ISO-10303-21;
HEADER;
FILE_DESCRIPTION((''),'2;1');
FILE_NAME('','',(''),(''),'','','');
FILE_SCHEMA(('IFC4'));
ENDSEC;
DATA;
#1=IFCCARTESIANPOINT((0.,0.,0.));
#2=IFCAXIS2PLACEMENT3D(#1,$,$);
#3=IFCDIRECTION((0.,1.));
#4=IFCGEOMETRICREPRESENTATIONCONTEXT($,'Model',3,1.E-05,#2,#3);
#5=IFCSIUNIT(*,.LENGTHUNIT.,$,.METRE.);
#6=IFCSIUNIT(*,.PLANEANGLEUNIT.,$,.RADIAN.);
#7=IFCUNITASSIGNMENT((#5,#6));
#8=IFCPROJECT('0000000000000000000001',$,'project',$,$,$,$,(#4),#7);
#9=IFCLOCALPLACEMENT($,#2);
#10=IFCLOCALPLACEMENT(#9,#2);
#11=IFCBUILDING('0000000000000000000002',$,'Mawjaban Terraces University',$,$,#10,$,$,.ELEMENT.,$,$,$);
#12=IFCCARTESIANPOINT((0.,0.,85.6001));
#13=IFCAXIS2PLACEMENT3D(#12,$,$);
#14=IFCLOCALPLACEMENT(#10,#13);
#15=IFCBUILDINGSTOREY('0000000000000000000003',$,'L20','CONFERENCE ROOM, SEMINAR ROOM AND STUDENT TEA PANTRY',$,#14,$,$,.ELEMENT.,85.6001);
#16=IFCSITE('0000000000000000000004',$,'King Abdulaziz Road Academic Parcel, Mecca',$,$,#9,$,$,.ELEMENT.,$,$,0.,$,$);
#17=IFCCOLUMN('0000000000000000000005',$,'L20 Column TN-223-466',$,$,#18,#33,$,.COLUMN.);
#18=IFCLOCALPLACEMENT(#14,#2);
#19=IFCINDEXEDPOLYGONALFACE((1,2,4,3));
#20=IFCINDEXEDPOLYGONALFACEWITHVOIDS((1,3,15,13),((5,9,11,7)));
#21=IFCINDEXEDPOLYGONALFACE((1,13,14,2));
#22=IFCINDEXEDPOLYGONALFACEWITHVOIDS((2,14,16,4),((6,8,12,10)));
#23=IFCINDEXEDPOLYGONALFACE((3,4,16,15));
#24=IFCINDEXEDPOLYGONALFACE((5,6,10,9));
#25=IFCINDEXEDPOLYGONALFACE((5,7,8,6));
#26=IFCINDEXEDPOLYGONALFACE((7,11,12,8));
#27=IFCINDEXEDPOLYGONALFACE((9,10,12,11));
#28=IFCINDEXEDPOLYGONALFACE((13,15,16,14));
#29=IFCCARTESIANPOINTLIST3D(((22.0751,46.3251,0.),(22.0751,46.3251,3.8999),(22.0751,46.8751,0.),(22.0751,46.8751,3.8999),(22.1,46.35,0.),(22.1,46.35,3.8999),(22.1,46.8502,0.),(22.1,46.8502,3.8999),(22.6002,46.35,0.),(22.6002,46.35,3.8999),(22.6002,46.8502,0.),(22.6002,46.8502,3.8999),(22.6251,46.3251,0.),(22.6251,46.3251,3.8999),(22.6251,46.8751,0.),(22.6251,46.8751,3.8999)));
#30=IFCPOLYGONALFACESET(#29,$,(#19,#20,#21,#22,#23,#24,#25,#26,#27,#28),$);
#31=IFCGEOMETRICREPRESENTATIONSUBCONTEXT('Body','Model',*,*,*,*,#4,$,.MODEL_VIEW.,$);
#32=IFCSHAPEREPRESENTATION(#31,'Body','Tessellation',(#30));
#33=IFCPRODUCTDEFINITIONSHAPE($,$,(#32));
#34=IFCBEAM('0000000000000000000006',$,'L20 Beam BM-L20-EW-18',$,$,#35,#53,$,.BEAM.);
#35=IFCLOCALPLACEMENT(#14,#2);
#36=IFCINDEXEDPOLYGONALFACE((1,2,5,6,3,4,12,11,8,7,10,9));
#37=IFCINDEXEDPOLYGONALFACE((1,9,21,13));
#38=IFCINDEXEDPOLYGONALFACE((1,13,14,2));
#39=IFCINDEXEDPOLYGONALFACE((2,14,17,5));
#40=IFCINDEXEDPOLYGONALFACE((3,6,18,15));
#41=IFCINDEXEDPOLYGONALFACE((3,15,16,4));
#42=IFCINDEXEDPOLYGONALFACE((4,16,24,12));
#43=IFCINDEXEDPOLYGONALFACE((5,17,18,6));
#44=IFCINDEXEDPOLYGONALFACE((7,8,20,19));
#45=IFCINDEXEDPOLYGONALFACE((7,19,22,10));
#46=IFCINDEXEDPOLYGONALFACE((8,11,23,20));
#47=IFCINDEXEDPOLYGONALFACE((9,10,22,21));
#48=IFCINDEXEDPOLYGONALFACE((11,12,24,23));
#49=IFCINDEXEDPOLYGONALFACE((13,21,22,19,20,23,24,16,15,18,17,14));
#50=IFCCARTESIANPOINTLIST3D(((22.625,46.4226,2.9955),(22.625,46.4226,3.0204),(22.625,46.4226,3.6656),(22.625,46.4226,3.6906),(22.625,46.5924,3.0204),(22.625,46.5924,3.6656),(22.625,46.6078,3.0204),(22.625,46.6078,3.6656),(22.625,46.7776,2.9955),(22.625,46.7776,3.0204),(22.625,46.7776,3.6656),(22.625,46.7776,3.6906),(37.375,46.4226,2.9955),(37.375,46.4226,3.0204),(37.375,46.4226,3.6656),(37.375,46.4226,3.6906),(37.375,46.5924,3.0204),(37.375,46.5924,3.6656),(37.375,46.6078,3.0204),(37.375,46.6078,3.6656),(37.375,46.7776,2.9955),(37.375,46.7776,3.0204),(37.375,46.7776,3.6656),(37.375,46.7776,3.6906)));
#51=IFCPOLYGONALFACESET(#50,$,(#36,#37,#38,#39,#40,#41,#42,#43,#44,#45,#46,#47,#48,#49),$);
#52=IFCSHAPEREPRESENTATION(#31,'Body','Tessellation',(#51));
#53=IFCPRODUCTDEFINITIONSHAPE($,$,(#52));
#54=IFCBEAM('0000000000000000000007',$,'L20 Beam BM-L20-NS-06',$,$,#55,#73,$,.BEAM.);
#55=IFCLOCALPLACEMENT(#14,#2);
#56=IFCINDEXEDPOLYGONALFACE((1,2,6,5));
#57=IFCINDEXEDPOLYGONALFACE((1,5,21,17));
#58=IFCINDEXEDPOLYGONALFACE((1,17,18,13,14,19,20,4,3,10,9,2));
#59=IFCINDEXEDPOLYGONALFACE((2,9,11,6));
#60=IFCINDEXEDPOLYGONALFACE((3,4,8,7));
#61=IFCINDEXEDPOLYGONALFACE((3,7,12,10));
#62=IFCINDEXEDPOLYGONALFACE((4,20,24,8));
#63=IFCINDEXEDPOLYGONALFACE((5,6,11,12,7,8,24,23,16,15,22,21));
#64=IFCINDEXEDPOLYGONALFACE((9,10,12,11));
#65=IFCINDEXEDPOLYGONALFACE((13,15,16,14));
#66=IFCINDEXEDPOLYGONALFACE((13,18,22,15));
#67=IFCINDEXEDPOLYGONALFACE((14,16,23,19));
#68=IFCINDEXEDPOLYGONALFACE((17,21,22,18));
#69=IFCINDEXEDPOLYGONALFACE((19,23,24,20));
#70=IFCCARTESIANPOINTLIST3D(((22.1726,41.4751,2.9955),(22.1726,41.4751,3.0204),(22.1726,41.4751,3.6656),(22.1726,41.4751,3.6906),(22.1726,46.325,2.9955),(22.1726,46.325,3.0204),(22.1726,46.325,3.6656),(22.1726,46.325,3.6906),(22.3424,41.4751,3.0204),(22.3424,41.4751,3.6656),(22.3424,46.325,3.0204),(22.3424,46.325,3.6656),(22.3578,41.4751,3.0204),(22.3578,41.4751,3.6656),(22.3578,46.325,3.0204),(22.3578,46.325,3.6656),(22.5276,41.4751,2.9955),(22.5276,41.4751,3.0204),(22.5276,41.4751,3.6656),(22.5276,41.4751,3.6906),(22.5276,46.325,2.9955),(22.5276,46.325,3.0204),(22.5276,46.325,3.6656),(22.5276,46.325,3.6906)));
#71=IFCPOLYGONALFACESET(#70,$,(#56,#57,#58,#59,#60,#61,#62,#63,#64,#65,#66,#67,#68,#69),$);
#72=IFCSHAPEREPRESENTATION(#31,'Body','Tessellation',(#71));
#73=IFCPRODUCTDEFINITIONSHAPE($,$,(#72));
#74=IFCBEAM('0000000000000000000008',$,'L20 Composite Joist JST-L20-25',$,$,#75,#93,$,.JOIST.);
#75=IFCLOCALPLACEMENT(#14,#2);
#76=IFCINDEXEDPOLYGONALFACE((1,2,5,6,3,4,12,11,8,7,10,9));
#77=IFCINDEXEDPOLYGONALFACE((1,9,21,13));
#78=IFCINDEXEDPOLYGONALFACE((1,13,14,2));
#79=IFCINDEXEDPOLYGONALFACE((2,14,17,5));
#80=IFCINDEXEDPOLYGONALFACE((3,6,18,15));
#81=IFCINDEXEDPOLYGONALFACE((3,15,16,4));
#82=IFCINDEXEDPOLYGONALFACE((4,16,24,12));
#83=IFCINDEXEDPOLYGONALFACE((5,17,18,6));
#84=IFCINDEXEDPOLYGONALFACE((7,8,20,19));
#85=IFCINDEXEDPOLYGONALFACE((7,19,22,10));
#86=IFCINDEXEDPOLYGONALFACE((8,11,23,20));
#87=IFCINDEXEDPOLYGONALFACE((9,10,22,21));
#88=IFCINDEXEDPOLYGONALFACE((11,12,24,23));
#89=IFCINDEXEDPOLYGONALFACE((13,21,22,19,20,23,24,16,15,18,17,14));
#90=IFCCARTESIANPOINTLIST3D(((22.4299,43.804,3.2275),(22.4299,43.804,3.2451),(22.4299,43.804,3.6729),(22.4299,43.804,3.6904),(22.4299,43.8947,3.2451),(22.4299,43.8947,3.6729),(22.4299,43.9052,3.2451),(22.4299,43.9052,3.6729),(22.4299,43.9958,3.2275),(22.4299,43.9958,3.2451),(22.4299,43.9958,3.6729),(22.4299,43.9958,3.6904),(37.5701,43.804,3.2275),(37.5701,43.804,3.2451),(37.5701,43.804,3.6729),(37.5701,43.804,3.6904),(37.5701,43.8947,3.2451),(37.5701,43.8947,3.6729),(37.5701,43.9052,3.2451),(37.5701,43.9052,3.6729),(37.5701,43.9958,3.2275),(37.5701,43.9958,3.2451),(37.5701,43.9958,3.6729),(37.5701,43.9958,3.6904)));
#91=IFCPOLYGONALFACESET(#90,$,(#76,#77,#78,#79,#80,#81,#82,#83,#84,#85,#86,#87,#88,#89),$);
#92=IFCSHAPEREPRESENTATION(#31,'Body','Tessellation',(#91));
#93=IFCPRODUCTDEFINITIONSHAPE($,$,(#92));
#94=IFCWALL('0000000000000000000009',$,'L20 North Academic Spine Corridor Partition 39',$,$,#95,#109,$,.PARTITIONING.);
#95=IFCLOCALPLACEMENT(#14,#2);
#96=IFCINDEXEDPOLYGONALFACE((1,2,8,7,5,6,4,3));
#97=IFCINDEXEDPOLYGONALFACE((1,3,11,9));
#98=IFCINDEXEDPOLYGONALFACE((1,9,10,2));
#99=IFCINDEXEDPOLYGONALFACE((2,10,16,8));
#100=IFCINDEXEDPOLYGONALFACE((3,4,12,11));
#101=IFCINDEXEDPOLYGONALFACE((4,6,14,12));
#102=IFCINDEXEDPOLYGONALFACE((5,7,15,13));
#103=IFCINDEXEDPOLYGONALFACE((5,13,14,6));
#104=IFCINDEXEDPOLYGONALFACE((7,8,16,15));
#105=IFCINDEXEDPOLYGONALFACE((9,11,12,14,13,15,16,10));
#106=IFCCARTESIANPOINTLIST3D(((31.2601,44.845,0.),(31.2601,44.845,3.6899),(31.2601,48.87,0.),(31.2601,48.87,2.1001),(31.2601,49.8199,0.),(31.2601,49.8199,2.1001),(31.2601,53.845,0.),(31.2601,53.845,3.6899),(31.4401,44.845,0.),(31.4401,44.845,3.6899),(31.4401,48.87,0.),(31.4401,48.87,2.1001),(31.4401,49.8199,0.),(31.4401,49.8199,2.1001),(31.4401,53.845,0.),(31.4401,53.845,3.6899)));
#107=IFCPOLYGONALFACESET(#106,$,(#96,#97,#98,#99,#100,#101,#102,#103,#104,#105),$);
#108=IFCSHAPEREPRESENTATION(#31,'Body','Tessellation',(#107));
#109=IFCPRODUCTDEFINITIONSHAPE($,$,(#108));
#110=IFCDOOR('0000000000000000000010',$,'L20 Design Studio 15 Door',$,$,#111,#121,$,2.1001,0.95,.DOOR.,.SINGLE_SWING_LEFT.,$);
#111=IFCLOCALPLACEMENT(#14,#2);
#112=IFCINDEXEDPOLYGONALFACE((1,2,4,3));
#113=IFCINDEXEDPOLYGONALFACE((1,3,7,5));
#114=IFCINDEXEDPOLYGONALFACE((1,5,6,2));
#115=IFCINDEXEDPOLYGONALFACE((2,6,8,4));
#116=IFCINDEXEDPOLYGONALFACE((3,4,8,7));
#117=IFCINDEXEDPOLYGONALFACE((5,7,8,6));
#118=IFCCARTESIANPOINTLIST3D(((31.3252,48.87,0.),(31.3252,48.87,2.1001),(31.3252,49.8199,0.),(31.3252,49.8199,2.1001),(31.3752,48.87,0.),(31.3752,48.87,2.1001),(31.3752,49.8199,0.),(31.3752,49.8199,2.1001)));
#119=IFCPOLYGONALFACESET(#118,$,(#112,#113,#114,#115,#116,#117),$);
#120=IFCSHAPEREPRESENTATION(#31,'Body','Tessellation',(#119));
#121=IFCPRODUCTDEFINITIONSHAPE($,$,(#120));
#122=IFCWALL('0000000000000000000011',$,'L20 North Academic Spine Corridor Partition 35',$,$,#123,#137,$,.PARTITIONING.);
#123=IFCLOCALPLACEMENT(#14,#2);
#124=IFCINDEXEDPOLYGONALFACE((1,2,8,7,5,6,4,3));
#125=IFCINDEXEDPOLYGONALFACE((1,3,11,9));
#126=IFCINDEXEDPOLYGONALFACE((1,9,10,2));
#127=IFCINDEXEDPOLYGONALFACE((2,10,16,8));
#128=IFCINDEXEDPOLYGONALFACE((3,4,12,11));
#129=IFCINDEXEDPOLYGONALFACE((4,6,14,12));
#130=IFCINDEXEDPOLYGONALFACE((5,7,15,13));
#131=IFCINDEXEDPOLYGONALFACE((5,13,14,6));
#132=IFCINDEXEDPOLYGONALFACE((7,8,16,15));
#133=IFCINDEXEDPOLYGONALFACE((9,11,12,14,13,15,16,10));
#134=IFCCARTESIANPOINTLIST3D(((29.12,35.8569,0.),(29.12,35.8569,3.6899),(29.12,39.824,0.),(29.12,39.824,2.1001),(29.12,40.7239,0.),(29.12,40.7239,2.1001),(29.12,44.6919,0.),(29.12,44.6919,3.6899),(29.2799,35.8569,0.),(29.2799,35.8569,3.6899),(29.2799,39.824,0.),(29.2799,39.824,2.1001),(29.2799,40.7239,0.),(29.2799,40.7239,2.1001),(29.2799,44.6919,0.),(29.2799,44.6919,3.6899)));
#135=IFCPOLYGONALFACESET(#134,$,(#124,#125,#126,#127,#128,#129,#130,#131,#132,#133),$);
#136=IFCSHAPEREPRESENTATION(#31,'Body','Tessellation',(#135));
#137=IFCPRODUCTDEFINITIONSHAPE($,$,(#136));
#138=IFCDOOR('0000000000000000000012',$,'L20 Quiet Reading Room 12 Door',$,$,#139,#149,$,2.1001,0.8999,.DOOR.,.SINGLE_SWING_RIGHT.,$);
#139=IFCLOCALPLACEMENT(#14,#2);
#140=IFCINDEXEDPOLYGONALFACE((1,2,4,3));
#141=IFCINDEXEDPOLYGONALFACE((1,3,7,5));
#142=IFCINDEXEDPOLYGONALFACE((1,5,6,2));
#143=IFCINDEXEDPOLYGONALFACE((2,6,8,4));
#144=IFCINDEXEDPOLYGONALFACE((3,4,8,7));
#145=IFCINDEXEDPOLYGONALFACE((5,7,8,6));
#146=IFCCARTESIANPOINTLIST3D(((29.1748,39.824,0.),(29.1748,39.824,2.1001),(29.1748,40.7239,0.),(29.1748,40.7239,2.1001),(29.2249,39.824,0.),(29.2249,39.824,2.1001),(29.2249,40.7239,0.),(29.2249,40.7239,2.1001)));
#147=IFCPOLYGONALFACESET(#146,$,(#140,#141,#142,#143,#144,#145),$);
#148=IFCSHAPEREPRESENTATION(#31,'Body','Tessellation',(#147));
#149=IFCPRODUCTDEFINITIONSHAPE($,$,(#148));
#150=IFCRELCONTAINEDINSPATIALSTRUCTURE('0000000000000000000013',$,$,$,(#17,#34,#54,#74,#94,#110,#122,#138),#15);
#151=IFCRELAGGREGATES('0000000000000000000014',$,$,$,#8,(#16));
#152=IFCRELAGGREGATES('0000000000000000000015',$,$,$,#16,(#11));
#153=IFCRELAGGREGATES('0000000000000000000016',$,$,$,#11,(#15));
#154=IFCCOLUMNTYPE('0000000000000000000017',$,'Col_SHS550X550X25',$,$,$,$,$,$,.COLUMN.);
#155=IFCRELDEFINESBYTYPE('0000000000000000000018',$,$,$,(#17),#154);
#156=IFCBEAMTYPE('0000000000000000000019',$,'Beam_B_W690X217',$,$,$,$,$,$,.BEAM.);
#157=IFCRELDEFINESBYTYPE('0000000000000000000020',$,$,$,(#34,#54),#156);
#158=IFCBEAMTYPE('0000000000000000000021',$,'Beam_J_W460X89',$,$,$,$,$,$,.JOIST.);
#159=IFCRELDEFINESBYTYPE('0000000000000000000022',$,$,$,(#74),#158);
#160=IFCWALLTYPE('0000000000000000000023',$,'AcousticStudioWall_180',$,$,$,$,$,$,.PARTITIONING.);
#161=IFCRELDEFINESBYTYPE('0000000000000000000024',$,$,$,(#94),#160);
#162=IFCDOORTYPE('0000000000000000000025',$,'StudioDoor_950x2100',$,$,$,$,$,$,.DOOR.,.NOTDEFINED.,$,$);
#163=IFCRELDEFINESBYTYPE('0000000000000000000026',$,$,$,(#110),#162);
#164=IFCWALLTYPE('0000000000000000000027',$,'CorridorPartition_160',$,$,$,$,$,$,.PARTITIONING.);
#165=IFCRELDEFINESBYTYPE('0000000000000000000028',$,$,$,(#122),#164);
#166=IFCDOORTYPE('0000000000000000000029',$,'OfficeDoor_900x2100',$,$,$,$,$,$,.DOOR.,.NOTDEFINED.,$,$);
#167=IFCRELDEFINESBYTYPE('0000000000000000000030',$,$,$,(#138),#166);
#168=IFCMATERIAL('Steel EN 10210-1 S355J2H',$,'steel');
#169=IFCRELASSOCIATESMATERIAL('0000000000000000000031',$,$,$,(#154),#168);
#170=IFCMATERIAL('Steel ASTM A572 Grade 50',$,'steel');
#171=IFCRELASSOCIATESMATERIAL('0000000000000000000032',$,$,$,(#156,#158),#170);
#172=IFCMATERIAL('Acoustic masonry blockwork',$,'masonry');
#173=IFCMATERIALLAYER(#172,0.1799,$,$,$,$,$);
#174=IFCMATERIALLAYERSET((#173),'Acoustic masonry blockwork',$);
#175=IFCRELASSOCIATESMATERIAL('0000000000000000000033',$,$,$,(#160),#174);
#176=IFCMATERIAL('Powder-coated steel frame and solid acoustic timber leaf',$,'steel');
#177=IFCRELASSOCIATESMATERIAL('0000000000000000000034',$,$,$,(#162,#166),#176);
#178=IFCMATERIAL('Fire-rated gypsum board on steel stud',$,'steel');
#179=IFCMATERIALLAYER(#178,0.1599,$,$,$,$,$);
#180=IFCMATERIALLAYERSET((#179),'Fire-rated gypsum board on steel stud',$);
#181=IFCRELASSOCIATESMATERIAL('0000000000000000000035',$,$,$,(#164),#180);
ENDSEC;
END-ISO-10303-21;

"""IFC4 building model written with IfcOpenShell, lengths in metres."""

from ifc_helpers import new_model, si_unit, direction, frame, frame_2d, origin, origin_2d, place, context, subcontext, project, spatial, rectangle, hollow_rectangle, i_section, extrude, material, layer, layer_set, material_profile, profile_set, type_object, element, fill, save


model = new_model("IFC4")

# Units and contexts
model_context = context("Model", 3, precision=1e-05, world=origin(), true_north=direction((0.0, 1.0)))
body_context = subcontext(model_context, "Body", "Model", "MODEL_VIEW")
ifc_project = project(units=[si_unit("LENGTHUNIT", "METRE"), si_unit("PLANEANGLEUNIT", "RADIAN")], contexts=[model_context])

# Site, building, storey
site_placement = place(None, origin())
site = spatial("IfcSite", under=ifc_project, at=site_placement, Name="King Abdulaziz Road Academic Parcel, Mecca", CompositionType="ELEMENT", RefElevation=0.0)
building_placement = place(site_placement, origin())
building = spatial("IfcBuilding", under=site, at=building_placement, Name="Mawjaban Terraces University", CompositionType="ELEMENT")
storey_placement = place(building_placement, frame((0.0, 0.0, 85.6001)))
storey = spatial("IfcBuildingStorey", under=building, at=storey_placement, Name="L20", Description="CONFERENCE ROOM, SEMINAR ROOM AND STUDENT TEA PANTRY", CompositionType="ELEMENT", Elevation=85.6001)

# Column
ifc_material_1 = material(Name="Steel EN 10210-1 S355J2H", Category="steel")
ifc_material_profile_1 = material_profile(ifc_material_1, hollow_rectangle(XDim=0.55, YDim=0.55, WallThickness=0.0249, at=origin_2d()), Name="SHS550X550X25")
ifc_profile_set_1 = profile_set([ifc_material_profile_1], Name="Steel EN 10210-1 S355J2H")
column_type = type_object("IfcColumnType", Name="Col_SHS550X550X25", PredefinedType="COLUMN", material=ifc_profile_set_1)
column_placement = place(storey_placement, frame((22.3501, 46.6001, 0.0), z_axis=(0.0, 0.0, 1.0), x_axis=(1.0, 0.0, 0.0)))
element("IfcColumn", 1, at=column_placement, inside=storey, type_object=column_type, Name="L20 Column TN-223-466", PredefinedType="COLUMN", context=body_context, shape_type="SweptSolid", body=[
    extrude(hollow_rectangle(XDim=0.55, YDim=0.55, WallThickness=0.0249, at=origin_2d()), origin(), (0.0, 0.0, 1.0), 3.8999),
])

# Beams
ifc_material_2 = material(Name="Steel ASTM A572 Grade 50", Category="steel")
ifc_material_profile_2 = material_profile(ifc_material_2, i_section(OverallWidth=0.355, OverallDepth=0.6951, WebThickness=0.0154, FlangeThickness=0.0249, at=origin_2d()), Name="W690X217")
ifc_profile_set_2 = profile_set([ifc_material_profile_2], Name="Steel ASTM A572 Grade 50")
beam_type_1 = type_object("IfcBeamType", Name="Beam_B_W690X217", PredefinedType="BEAM", material=ifc_profile_set_2)
beam_1_placement = place(storey_placement, frame((22.625, 46.6001, 3.343), z_axis=(1.0, 0.0, 0.0), x_axis=(0.0, 1.0, 0.0)))
element("IfcBeam", 2, at=beam_1_placement, inside=storey, type_object=beam_type_1, Name="L20 Beam BM-L20-EW-18", PredefinedType="BEAM", context=body_context, shape_type="SweptSolid", body=[
    extrude(i_section(OverallWidth=0.355, OverallDepth=0.6951, WebThickness=0.0154, FlangeThickness=0.0249, at=origin_2d()), origin(), (0.0, 0.0, 1.0), 14.75),
])
beam_2_placement = place(storey_placement, frame((22.3501, 41.4751, 3.343), z_axis=(0.0, 1.0, 0.0), x_axis=(-1.0, 0.0, 0.0)))
element("IfcBeam", 3, at=beam_2_placement, inside=storey, type_object=beam_type_1, Name="L20 Beam BM-L20-NS-06", PredefinedType="BEAM", context=body_context, shape_type="SweptSolid", body=[
    extrude(i_section(OverallWidth=0.355, OverallDepth=0.6951, WebThickness=0.0154, FlangeThickness=0.0249, at=origin_2d()), origin(), (0.0, 0.0, 1.0), 4.8499),
])
ifc_material_profile_3 = material_profile(ifc_material_2, i_section(OverallWidth=0.1919, OverallDepth=0.4629, WebThickness=0.0105, FlangeThickness=0.0176, at=origin_2d()), Name="W460X89")
ifc_profile_set_3 = profile_set([ifc_material_profile_3], Name="Steel ASTM A572 Grade 50")
beam_type_2 = type_object("IfcBeamType", Name="Beam_J_W460X89", PredefinedType="JOIST", material=ifc_profile_set_3)
beam_3_placement = place(storey_placement, frame((22.4299, 43.8999, 3.459), z_axis=(1.0, 0.0, 0.0), x_axis=(0.0, 1.0, 0.0)))
element("IfcBeam", 4, at=beam_3_placement, inside=storey, type_object=beam_type_2, Name="L20 Composite Joist JST-L20-25", PredefinedType="JOIST", context=body_context, shape_type="SweptSolid", body=[
    extrude(i_section(OverallWidth=0.1919, OverallDepth=0.4629, WebThickness=0.0105, FlangeThickness=0.0176, at=origin_2d()), origin(), (0.0, 0.0, 1.0), 15.1401),
])

# Walls, openings, doors
ifc_material_3 = material(Name="Acoustic masonry blockwork", Category="masonry")
ifc_layer_1 = layer(ifc_material_3, 0.1799)
ifc_layer_set_1 = layer_set([ifc_layer_1], Name="Acoustic masonry blockwork")
wall_type_1 = type_object("IfcWallType", Name="AcousticStudioWall_180", PredefinedType="PARTITIONING", material=ifc_layer_set_1)
wall_1_placement = place(storey_placement, frame((31.3501, 44.845, 0.0), z_axis=(0.0, 0.0, 1.0), x_axis=(0.0, 1.0, 0.0)))
wall_1 = element("IfcWall", 5, at=wall_1_placement, inside=storey, type_object=wall_type_1, Name="L20 North Academic Spine Corridor Partition 39", PredefinedType="PARTITIONING", context=body_context, shape_type="SweptSolid", body=[
    extrude(rectangle(XDim=9.0, YDim=0.1799, at=frame_2d((4.5, 0.0))), origin(), (0.0, 0.0, 1.0), 3.6899),
])
opening_1_placement = place(wall_1_placement, frame((4.0249, 0.0, 0.0)))
opening_1 = element("IfcOpeningElement", 6, at=opening_1_placement, cuts=wall_1, PredefinedType="OPENING", context=body_context, shape_type="SweptSolid", body=[
    extrude(rectangle(XDim=0.95, YDim=2.1001, at=frame_2d((0.4751, 1.05))), frame((0.0, 0.0999, 0.0), z_axis=(0.0, -1.0, 0.0), x_axis=(1.0, 0.0, 0.0)), (0.0, 0.0, 1.0), 0.2),
])
ifc_material_4 = material(Name="Powder-coated steel frame and solid acoustic timber leaf", Category="steel")
door_type_1 = type_object("IfcDoorType", Name="StudioDoor_950x2100", OperationType="NOTDEFINED", PredefinedType="DOOR", material=ifc_material_4)
door_1_placement = place(opening_1_placement, origin())
door_1 = element("IfcDoor", 7, at=door_1_placement, inside=storey, type_object=door_type_1, Name="L20 Design Studio 15 Door", OperationType="SINGLE_SWING_LEFT", OverallHeight=2.1001, OverallWidth=0.95, PredefinedType="DOOR", context=body_context, shape_type="SweptSolid", body=[
    extrude(rectangle(XDim=0.95, YDim=2.1001, at=frame_2d((0.4751, 1.05))), frame((0.0, 0.0249, 0.0), z_axis=(0.0, -1.0, 0.0), x_axis=(1.0, 0.0, 0.0)), (0.0, 0.0, 1.0), 0.05),
])
fill(opening_1, door_1)
ifc_material_5 = material(Name="Fire-rated gypsum board on steel stud", Category="steel")
ifc_layer_2 = layer(ifc_material_5, 0.1599)
ifc_layer_set_2 = layer_set([ifc_layer_2], Name="Fire-rated gypsum board on steel stud")
wall_type_2 = type_object("IfcWallType", Name="CorridorPartition_160", PredefinedType="PARTITIONING", material=ifc_layer_set_2)
wall_2_placement = place(storey_placement, frame((29.2, 44.6919, 0.0), z_axis=(0.0, 0.0, 1.0), x_axis=(0.0, -1.0, 0.0)))
wall_2 = element("IfcWall", 8, at=wall_2_placement, inside=storey, type_object=wall_type_2, Name="L20 North Academic Spine Corridor Partition 35", PredefinedType="PARTITIONING", context=body_context, shape_type="SweptSolid", body=[
    extrude(rectangle(XDim=8.835, YDim=0.1599, at=frame_2d((4.4175, 0.0))), origin(), (0.0, 0.0, 1.0), 3.6899),
])
opening_2_placement = place(wall_2_placement, frame((3.968, 0.0, 0.0)))
opening_2 = element("IfcOpeningElement", 9, at=opening_2_placement, cuts=wall_2, PredefinedType="OPENING", context=body_context, shape_type="SweptSolid", body=[
    extrude(rectangle(XDim=0.8999, YDim=2.1001, at=frame_2d((0.45, 1.05))), frame((0.0, 0.0898, 0.0), z_axis=(0.0, -1.0, 0.0), x_axis=(1.0, 0.0, 0.0)), (0.0, 0.0, 1.0), 0.1799),
])
door_type_2 = type_object("IfcDoorType", Name="OfficeDoor_900x2100", OperationType="NOTDEFINED", PredefinedType="DOOR", material=ifc_material_4)
door_2_placement = place(opening_2_placement, origin())
door_2 = element("IfcDoor", 10, at=door_2_placement, inside=storey, type_object=door_type_2, Name="L20 Quiet Reading Room 12 Door", OperationType="SINGLE_SWING_RIGHT", OverallHeight=2.1001, OverallWidth=0.8999, PredefinedType="DOOR", context=body_context, shape_type="SweptSolid", body=[
    extrude(rectangle(XDim=0.8999, YDim=2.1001, at=frame_2d((0.45, 1.05))), frame((0.0, 0.0249, 0.0), z_axis=(0.0, -1.0, 0.0), x_axis=(1.0, 0.0, 0.0)), (0.0, 0.0, 1.0), 0.05),
])
fill(opening_2, door_2)

save(model, "model.ifc")
